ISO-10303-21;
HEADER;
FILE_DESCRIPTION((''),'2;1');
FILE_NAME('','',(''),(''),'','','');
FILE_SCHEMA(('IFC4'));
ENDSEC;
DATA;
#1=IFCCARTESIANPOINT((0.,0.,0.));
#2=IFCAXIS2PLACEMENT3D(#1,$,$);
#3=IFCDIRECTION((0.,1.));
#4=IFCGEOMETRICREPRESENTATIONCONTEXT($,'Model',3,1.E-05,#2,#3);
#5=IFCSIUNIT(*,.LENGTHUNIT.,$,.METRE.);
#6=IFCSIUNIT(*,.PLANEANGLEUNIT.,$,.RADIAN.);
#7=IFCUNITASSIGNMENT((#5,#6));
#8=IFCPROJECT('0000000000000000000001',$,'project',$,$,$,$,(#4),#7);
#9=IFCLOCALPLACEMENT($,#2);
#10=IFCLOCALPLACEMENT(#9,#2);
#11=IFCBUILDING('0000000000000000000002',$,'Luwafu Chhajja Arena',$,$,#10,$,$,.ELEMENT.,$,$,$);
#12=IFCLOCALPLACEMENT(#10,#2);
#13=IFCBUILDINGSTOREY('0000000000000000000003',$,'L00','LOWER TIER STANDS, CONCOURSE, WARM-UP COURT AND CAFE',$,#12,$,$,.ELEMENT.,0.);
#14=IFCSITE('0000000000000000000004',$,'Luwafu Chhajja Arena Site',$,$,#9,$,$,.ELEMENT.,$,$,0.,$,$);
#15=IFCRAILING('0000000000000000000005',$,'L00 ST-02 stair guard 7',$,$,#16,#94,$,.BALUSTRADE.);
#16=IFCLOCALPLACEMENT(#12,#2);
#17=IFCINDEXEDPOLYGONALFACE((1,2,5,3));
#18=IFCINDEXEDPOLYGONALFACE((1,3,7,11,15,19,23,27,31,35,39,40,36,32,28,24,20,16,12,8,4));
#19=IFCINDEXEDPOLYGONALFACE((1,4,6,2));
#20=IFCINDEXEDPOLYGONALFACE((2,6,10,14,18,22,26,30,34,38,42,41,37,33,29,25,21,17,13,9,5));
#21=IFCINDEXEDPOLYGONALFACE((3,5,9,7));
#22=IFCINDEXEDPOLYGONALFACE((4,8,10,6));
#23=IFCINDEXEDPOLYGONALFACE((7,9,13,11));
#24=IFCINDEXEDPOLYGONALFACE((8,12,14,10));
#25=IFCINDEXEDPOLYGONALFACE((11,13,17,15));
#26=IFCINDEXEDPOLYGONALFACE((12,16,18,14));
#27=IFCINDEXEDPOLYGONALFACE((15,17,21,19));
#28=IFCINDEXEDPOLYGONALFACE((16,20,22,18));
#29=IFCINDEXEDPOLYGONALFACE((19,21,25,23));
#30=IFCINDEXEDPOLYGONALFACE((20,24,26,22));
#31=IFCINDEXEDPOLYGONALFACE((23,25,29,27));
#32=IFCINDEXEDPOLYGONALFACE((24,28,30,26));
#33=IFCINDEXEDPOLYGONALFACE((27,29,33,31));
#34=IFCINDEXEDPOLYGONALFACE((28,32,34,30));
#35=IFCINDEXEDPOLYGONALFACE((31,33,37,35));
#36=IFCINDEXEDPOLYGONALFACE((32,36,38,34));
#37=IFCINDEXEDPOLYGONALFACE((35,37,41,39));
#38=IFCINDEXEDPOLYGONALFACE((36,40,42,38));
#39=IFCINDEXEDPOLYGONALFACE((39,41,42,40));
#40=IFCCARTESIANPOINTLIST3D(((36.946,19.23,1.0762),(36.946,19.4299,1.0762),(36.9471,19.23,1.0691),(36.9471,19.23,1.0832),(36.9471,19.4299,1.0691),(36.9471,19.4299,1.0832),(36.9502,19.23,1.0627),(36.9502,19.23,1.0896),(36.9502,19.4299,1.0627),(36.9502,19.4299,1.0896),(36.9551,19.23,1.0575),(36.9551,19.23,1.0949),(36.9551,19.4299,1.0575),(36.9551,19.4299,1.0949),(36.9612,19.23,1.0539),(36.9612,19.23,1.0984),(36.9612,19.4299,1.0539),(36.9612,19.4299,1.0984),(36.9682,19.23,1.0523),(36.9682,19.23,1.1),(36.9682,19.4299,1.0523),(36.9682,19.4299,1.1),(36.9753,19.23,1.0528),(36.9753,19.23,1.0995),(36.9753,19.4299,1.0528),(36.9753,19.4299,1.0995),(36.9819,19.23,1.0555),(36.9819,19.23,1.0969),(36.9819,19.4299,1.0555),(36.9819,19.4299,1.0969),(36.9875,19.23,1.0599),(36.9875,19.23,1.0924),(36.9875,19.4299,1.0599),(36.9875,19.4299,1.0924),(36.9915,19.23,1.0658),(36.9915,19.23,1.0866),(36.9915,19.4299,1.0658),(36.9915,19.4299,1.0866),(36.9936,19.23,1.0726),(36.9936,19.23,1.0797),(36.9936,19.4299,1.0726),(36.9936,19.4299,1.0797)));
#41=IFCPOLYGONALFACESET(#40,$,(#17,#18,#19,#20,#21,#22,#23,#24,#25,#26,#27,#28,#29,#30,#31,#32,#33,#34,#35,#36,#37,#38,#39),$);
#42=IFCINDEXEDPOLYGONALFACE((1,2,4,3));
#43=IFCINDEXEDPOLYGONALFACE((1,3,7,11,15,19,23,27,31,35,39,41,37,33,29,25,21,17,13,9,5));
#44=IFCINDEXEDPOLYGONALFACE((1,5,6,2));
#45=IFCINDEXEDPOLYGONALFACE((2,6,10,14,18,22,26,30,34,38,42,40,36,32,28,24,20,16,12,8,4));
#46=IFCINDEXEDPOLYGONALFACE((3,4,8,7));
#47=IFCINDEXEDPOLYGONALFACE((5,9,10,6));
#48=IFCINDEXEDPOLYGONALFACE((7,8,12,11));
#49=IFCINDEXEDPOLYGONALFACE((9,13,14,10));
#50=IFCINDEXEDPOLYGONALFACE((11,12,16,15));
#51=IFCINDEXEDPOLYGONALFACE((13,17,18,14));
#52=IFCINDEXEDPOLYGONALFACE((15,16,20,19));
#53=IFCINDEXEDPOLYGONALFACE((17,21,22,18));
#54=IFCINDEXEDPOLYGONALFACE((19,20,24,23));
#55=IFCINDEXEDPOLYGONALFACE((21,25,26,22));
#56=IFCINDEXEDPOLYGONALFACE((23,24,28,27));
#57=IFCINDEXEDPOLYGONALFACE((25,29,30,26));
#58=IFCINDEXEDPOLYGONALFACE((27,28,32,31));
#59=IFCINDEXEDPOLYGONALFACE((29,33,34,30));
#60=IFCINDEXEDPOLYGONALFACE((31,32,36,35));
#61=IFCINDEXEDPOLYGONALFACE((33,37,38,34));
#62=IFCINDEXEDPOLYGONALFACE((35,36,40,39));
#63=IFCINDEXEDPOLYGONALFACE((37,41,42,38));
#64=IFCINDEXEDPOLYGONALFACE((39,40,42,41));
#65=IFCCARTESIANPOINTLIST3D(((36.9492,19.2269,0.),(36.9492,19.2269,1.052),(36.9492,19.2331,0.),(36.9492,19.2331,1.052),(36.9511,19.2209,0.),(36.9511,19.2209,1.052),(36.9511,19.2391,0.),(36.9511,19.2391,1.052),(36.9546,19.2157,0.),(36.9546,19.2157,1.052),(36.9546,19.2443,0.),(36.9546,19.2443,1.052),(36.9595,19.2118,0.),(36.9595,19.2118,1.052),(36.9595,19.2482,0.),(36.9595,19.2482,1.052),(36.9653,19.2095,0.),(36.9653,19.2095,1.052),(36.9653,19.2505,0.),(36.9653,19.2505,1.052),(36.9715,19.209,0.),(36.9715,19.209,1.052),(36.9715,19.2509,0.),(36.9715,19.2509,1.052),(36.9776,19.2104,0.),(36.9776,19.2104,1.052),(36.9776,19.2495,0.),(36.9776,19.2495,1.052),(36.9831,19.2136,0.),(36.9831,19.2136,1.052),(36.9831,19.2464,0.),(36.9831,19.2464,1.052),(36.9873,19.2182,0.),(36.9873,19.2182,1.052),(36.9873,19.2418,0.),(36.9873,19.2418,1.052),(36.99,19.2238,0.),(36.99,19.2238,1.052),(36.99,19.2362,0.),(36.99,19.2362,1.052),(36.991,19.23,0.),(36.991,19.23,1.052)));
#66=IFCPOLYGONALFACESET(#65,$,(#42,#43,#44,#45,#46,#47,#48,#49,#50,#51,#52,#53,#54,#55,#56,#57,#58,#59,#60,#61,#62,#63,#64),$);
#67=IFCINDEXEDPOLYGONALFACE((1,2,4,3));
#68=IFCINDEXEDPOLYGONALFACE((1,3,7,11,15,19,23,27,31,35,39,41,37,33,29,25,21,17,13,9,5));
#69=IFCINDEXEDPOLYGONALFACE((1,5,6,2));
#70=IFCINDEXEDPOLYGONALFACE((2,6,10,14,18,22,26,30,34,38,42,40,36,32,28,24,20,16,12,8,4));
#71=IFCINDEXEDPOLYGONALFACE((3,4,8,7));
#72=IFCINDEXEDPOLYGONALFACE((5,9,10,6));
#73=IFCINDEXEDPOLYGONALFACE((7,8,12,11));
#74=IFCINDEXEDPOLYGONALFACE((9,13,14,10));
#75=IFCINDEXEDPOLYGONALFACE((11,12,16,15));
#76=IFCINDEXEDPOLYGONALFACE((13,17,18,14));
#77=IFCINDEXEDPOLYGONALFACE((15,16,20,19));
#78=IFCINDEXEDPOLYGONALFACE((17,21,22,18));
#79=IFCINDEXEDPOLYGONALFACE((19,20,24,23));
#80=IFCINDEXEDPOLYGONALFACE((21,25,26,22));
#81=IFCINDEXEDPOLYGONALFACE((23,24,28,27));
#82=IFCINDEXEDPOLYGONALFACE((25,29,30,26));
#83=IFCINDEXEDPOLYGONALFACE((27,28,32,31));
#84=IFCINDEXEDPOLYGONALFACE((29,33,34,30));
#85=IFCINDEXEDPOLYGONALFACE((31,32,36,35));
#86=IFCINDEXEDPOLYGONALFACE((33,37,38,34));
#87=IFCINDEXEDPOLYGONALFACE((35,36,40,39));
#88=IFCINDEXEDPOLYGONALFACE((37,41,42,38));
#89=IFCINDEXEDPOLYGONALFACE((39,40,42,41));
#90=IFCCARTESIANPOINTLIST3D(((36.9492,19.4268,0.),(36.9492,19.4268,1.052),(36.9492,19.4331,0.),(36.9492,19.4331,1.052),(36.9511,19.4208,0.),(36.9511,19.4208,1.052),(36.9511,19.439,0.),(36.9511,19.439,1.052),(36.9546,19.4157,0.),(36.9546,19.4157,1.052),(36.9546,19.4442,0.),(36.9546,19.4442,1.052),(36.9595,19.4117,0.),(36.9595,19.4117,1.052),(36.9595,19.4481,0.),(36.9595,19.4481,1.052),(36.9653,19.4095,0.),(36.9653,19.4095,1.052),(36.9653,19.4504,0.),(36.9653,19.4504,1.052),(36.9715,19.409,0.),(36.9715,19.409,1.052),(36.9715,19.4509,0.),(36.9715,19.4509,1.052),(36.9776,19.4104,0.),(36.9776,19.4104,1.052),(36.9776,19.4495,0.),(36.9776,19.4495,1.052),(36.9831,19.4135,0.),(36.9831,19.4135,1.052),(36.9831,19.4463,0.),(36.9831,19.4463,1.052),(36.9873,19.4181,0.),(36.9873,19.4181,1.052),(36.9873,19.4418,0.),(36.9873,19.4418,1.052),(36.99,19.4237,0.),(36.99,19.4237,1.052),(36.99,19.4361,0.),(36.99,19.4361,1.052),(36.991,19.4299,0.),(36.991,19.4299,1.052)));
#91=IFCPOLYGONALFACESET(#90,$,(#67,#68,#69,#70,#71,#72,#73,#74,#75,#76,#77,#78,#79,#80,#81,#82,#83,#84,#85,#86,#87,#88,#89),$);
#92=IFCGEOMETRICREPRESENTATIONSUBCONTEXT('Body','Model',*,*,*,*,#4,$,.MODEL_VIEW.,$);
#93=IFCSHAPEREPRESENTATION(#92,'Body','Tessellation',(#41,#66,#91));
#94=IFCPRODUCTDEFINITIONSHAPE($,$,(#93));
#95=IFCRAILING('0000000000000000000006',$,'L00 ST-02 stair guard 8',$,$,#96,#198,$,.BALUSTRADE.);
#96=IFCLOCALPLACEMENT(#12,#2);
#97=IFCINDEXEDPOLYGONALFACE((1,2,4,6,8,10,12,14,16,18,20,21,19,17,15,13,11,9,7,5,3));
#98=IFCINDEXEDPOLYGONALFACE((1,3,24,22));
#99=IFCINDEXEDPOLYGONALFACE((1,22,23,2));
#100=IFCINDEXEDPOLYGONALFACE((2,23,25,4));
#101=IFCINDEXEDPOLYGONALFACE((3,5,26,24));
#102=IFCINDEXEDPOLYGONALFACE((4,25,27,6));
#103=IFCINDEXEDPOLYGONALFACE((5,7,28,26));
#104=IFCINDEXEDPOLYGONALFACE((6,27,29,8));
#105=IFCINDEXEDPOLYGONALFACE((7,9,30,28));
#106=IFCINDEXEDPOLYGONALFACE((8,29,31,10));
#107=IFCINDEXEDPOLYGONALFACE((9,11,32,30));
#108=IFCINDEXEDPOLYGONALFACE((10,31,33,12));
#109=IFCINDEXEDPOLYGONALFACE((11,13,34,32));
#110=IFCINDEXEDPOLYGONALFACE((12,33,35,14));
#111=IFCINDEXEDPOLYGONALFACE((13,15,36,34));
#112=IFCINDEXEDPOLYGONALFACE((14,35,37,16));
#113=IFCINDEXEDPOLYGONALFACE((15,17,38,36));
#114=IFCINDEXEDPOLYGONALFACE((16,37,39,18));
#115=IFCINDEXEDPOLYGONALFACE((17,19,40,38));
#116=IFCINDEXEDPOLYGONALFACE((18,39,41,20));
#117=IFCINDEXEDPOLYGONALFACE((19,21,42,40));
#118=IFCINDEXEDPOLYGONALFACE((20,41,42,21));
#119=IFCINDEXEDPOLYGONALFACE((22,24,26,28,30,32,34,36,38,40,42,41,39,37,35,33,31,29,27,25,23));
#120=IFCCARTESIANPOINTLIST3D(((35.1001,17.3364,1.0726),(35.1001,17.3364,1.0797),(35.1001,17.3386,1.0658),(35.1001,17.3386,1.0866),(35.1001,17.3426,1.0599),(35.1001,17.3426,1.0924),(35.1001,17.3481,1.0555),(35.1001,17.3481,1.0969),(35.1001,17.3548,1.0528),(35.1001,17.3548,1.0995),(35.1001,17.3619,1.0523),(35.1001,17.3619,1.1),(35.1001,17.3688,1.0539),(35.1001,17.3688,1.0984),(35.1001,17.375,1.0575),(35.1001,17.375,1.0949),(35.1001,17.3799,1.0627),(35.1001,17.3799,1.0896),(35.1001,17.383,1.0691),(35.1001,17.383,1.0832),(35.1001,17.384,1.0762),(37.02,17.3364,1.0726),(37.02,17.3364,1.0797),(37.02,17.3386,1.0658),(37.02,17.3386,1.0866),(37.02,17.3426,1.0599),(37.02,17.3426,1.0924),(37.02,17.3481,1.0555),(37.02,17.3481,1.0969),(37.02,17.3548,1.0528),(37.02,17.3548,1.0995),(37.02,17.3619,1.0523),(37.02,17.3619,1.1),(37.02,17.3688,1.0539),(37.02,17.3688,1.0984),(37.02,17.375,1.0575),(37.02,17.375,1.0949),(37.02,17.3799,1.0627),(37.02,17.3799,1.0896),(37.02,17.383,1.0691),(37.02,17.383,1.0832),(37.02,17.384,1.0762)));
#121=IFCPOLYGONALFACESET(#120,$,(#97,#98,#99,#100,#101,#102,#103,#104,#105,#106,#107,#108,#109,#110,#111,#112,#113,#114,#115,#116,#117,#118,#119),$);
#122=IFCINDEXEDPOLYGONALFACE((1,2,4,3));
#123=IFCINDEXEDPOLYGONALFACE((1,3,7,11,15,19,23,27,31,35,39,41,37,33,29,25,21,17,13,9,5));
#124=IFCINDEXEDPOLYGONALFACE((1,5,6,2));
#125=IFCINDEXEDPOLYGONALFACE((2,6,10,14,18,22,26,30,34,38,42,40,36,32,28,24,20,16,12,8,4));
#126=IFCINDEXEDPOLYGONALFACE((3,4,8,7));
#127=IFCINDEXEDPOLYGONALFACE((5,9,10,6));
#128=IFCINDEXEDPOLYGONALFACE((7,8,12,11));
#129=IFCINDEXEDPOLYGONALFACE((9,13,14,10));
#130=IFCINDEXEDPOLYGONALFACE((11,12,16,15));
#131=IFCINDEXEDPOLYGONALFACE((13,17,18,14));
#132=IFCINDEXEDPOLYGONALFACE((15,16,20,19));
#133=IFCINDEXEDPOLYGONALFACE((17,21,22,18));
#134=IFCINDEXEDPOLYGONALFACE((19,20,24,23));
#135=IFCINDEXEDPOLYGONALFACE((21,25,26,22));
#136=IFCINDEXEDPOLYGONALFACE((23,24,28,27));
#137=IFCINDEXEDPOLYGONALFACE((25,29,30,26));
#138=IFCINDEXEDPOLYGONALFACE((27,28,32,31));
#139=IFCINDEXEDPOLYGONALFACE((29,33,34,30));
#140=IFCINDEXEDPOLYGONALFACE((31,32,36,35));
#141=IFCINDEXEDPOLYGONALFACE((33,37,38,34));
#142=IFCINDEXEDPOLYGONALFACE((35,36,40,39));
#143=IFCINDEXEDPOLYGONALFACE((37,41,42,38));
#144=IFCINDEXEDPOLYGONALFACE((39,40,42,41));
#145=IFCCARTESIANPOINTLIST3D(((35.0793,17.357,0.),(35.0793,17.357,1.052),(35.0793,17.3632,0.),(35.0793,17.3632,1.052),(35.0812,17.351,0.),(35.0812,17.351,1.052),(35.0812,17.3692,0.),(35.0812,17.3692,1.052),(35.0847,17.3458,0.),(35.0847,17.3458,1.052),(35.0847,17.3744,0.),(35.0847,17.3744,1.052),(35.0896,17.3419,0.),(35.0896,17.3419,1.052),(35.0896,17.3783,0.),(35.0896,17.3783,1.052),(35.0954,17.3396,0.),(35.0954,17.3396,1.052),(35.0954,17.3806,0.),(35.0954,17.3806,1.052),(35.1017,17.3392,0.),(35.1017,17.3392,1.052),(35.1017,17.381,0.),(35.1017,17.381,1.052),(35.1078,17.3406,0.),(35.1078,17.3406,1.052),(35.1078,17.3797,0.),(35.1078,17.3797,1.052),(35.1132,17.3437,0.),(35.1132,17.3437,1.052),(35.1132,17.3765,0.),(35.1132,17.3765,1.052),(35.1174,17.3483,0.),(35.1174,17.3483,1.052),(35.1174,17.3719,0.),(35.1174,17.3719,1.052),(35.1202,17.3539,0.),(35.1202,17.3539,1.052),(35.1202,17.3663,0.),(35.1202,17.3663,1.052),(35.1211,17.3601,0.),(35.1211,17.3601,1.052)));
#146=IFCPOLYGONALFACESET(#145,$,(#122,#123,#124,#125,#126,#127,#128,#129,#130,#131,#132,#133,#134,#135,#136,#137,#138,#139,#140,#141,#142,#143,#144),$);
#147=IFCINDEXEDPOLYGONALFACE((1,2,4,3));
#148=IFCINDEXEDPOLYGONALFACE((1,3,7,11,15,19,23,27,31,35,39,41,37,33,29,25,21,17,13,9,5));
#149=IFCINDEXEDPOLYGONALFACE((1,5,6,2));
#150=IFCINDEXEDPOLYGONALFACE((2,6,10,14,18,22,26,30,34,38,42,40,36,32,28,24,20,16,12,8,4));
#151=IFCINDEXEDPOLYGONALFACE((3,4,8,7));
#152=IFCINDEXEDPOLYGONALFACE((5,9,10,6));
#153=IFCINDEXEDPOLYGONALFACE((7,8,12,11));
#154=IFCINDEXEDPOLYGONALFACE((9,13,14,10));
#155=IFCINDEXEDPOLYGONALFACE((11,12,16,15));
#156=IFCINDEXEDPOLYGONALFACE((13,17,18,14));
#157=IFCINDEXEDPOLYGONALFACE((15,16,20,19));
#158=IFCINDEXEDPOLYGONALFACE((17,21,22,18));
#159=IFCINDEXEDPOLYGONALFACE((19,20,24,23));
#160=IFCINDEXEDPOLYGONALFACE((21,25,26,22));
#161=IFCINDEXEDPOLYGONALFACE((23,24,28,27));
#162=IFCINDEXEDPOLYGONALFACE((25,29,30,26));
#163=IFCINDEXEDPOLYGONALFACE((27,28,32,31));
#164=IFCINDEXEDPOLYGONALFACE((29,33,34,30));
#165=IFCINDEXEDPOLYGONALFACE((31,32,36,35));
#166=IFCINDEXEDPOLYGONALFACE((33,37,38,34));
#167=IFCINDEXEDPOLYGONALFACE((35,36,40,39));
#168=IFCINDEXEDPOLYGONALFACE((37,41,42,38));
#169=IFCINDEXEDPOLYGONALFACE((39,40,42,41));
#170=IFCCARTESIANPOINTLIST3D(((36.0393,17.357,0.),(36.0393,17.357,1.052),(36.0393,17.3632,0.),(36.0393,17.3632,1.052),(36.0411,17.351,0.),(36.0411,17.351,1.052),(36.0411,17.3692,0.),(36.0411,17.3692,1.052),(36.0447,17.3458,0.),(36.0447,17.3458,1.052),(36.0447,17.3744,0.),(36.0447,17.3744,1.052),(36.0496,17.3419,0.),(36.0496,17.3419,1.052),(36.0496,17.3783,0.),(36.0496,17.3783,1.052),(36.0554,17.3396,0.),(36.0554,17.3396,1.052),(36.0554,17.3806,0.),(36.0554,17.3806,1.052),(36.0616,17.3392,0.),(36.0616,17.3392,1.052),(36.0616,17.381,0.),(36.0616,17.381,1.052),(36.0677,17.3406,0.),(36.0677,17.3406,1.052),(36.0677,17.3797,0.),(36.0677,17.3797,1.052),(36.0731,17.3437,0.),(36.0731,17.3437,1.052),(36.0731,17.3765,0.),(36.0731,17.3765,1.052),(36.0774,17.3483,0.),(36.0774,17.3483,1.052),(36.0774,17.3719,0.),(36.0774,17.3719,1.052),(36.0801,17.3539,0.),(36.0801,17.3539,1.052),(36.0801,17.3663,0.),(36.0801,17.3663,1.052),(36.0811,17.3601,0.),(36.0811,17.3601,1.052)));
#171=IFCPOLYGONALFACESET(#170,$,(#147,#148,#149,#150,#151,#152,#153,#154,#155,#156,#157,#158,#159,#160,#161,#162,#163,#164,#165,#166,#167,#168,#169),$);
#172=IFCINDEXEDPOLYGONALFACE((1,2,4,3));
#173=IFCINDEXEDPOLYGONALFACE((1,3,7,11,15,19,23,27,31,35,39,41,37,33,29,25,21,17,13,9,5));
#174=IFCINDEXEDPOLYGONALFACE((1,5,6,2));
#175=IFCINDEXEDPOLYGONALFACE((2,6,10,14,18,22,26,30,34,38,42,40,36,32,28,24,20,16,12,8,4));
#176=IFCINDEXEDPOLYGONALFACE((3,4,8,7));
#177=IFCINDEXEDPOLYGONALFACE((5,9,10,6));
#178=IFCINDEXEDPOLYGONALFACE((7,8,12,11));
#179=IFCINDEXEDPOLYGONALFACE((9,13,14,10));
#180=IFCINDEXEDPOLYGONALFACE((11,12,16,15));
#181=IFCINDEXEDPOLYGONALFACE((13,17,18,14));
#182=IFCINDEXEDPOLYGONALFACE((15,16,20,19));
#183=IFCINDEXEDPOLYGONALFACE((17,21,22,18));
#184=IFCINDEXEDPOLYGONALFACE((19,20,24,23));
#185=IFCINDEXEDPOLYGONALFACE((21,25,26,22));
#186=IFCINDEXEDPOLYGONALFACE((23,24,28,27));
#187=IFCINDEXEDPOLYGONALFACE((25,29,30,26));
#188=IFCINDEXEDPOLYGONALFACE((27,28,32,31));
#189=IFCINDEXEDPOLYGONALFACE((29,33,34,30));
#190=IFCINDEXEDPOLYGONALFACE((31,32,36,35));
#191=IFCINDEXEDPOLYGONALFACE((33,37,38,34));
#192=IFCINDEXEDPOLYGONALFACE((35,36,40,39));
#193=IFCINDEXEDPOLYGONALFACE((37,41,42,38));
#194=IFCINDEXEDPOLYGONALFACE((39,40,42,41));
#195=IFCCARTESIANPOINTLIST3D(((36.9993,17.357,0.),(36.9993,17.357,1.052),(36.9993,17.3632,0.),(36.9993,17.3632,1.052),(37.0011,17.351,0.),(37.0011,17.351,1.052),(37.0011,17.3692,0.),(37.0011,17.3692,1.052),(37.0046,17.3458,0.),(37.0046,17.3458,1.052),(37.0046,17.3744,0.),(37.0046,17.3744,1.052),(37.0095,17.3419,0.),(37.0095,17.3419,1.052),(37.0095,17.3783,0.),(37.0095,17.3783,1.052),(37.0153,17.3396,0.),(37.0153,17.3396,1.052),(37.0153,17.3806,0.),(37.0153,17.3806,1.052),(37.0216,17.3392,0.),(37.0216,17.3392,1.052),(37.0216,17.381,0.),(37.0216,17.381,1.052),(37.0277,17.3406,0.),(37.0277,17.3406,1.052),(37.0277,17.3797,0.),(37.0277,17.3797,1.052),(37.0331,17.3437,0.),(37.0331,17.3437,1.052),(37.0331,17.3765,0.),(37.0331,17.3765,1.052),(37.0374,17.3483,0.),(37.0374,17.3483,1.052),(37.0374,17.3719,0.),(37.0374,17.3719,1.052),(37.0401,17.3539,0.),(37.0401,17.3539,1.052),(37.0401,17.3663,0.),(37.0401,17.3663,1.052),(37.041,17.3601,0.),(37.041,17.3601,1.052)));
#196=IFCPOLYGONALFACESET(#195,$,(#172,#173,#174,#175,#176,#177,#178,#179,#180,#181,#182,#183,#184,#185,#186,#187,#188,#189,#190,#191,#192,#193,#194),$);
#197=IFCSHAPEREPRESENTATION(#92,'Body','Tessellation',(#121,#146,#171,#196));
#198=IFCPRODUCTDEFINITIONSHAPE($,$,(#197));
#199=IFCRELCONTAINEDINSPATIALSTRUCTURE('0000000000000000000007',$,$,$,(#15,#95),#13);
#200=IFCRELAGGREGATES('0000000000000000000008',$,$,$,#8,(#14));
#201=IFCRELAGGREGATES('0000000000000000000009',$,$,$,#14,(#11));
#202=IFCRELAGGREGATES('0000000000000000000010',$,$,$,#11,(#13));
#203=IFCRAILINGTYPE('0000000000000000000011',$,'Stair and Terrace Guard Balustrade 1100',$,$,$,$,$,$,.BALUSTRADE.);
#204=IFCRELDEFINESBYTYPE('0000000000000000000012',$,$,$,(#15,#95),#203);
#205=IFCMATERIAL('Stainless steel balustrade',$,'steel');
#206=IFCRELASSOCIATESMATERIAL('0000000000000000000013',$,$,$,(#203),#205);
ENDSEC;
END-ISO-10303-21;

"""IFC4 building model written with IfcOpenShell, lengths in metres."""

from ifc_helpers import new_model, si_unit, direction, frame, origin, origin_2d, place, context, subcontext, project, spatial, circle, extrude, material, type_object, element, save


model = new_model("IFC4")

# Units and contexts
model_context = context("Model", 3, precision=1e-05, world=origin(), true_north=direction((0.0, 1.0)))
body_context = subcontext(model_context, "Body", "Model", "MODEL_VIEW")
ifc_project = project(units=[si_unit("LENGTHUNIT", "METRE"), si_unit("PLANEANGLEUNIT", "RADIAN")], contexts=[model_context])

# Site, building, storey
site_placement = place(None, origin())
site = spatial("IfcSite", under=ifc_project, at=site_placement, Name="Luwafu Chhajja Arena Site", CompositionType="ELEMENT", RefElevation=0.0)
building_placement = place(site_placement, origin())
building = spatial("IfcBuilding", under=site, at=building_placement, Name="Luwafu Chhajja Arena", CompositionType="ELEMENT")
storey_placement = place(building_placement, origin())
storey = spatial("IfcBuildingStorey", under=building, at=storey_placement, Name="L00", Description="LOWER TIER STANDS, CONCOURSE, WARM-UP COURT AND CAFE", CompositionType="ELEMENT", Elevation=0.0)

# Railings
ifc_material_1 = material(Name="Stainless steel balustrade", Category="steel")
railing_type_1 = type_object("IfcRailingType", Name="Stair and Terrace Guard Balustrade 1100", PredefinedType="BALUSTRADE", material=ifc_material_1)
railing_1_placement = place(storey_placement, frame((36.97, 19.23, 0.0)))
element("IfcRailing", 1, at=railing_1_placement, inside=storey, type_object=railing_type_1, Name="L00 ST-02 stair guard 7", PredefinedType="BALUSTRADE", context=body_context, shape_type="SweptSolid", body=[
    extrude(circle(Radius=0.0239, at=origin_2d()), frame((0.0, 0.0, 1.0762), z_axis=(0.0, 1.0, 0.0), x_axis=(-1.0, 0.0, 0.0)), (0.0, 0.0, 1.0), 0.2),
    extrude(circle(Radius=0.021, at=origin_2d()), origin(), (0.0, 0.0, 1.0), 1.052),
    extrude(circle(Radius=0.021, at=origin_2d()), frame((0.0, 0.2, 0.0)), (0.0, 0.0, 1.0), 1.052),
])
for number, where, name in (
    (2, (35.1001, 17.3601, 0.0), "L00 ST-02 stair guard 8"),
):
    element("IfcRailing", number, at=place(storey_placement, frame(where)), inside=storey, type_object=railing_type_1, Name=name, PredefinedType="BALUSTRADE", context=body_context, shape_type="SweptSolid", body=[
        extrude(circle(Radius=0.0239, at=origin_2d()), frame((0.0, 0.0, 1.0762), z_axis=(1.0, 0.0, 0.0), x_axis=(0.0, 1.0, 0.0)), (0.0, 0.0, 1.0), 1.9199),
        extrude(circle(Radius=0.021, at=origin_2d()), origin(), (0.0, 0.0, 1.0), 1.052),
        extrude(circle(Radius=0.021, at=origin_2d()), frame((0.96, 0.0, 0.0)), (0.0, 0.0, 1.0), 1.052),
        extrude(circle(Radius=0.021, at=origin_2d()), frame((1.9199, 0.0, 0.0)), (0.0, 0.0, 1.0), 1.052),
    ])

save(model, "model.ifc")
